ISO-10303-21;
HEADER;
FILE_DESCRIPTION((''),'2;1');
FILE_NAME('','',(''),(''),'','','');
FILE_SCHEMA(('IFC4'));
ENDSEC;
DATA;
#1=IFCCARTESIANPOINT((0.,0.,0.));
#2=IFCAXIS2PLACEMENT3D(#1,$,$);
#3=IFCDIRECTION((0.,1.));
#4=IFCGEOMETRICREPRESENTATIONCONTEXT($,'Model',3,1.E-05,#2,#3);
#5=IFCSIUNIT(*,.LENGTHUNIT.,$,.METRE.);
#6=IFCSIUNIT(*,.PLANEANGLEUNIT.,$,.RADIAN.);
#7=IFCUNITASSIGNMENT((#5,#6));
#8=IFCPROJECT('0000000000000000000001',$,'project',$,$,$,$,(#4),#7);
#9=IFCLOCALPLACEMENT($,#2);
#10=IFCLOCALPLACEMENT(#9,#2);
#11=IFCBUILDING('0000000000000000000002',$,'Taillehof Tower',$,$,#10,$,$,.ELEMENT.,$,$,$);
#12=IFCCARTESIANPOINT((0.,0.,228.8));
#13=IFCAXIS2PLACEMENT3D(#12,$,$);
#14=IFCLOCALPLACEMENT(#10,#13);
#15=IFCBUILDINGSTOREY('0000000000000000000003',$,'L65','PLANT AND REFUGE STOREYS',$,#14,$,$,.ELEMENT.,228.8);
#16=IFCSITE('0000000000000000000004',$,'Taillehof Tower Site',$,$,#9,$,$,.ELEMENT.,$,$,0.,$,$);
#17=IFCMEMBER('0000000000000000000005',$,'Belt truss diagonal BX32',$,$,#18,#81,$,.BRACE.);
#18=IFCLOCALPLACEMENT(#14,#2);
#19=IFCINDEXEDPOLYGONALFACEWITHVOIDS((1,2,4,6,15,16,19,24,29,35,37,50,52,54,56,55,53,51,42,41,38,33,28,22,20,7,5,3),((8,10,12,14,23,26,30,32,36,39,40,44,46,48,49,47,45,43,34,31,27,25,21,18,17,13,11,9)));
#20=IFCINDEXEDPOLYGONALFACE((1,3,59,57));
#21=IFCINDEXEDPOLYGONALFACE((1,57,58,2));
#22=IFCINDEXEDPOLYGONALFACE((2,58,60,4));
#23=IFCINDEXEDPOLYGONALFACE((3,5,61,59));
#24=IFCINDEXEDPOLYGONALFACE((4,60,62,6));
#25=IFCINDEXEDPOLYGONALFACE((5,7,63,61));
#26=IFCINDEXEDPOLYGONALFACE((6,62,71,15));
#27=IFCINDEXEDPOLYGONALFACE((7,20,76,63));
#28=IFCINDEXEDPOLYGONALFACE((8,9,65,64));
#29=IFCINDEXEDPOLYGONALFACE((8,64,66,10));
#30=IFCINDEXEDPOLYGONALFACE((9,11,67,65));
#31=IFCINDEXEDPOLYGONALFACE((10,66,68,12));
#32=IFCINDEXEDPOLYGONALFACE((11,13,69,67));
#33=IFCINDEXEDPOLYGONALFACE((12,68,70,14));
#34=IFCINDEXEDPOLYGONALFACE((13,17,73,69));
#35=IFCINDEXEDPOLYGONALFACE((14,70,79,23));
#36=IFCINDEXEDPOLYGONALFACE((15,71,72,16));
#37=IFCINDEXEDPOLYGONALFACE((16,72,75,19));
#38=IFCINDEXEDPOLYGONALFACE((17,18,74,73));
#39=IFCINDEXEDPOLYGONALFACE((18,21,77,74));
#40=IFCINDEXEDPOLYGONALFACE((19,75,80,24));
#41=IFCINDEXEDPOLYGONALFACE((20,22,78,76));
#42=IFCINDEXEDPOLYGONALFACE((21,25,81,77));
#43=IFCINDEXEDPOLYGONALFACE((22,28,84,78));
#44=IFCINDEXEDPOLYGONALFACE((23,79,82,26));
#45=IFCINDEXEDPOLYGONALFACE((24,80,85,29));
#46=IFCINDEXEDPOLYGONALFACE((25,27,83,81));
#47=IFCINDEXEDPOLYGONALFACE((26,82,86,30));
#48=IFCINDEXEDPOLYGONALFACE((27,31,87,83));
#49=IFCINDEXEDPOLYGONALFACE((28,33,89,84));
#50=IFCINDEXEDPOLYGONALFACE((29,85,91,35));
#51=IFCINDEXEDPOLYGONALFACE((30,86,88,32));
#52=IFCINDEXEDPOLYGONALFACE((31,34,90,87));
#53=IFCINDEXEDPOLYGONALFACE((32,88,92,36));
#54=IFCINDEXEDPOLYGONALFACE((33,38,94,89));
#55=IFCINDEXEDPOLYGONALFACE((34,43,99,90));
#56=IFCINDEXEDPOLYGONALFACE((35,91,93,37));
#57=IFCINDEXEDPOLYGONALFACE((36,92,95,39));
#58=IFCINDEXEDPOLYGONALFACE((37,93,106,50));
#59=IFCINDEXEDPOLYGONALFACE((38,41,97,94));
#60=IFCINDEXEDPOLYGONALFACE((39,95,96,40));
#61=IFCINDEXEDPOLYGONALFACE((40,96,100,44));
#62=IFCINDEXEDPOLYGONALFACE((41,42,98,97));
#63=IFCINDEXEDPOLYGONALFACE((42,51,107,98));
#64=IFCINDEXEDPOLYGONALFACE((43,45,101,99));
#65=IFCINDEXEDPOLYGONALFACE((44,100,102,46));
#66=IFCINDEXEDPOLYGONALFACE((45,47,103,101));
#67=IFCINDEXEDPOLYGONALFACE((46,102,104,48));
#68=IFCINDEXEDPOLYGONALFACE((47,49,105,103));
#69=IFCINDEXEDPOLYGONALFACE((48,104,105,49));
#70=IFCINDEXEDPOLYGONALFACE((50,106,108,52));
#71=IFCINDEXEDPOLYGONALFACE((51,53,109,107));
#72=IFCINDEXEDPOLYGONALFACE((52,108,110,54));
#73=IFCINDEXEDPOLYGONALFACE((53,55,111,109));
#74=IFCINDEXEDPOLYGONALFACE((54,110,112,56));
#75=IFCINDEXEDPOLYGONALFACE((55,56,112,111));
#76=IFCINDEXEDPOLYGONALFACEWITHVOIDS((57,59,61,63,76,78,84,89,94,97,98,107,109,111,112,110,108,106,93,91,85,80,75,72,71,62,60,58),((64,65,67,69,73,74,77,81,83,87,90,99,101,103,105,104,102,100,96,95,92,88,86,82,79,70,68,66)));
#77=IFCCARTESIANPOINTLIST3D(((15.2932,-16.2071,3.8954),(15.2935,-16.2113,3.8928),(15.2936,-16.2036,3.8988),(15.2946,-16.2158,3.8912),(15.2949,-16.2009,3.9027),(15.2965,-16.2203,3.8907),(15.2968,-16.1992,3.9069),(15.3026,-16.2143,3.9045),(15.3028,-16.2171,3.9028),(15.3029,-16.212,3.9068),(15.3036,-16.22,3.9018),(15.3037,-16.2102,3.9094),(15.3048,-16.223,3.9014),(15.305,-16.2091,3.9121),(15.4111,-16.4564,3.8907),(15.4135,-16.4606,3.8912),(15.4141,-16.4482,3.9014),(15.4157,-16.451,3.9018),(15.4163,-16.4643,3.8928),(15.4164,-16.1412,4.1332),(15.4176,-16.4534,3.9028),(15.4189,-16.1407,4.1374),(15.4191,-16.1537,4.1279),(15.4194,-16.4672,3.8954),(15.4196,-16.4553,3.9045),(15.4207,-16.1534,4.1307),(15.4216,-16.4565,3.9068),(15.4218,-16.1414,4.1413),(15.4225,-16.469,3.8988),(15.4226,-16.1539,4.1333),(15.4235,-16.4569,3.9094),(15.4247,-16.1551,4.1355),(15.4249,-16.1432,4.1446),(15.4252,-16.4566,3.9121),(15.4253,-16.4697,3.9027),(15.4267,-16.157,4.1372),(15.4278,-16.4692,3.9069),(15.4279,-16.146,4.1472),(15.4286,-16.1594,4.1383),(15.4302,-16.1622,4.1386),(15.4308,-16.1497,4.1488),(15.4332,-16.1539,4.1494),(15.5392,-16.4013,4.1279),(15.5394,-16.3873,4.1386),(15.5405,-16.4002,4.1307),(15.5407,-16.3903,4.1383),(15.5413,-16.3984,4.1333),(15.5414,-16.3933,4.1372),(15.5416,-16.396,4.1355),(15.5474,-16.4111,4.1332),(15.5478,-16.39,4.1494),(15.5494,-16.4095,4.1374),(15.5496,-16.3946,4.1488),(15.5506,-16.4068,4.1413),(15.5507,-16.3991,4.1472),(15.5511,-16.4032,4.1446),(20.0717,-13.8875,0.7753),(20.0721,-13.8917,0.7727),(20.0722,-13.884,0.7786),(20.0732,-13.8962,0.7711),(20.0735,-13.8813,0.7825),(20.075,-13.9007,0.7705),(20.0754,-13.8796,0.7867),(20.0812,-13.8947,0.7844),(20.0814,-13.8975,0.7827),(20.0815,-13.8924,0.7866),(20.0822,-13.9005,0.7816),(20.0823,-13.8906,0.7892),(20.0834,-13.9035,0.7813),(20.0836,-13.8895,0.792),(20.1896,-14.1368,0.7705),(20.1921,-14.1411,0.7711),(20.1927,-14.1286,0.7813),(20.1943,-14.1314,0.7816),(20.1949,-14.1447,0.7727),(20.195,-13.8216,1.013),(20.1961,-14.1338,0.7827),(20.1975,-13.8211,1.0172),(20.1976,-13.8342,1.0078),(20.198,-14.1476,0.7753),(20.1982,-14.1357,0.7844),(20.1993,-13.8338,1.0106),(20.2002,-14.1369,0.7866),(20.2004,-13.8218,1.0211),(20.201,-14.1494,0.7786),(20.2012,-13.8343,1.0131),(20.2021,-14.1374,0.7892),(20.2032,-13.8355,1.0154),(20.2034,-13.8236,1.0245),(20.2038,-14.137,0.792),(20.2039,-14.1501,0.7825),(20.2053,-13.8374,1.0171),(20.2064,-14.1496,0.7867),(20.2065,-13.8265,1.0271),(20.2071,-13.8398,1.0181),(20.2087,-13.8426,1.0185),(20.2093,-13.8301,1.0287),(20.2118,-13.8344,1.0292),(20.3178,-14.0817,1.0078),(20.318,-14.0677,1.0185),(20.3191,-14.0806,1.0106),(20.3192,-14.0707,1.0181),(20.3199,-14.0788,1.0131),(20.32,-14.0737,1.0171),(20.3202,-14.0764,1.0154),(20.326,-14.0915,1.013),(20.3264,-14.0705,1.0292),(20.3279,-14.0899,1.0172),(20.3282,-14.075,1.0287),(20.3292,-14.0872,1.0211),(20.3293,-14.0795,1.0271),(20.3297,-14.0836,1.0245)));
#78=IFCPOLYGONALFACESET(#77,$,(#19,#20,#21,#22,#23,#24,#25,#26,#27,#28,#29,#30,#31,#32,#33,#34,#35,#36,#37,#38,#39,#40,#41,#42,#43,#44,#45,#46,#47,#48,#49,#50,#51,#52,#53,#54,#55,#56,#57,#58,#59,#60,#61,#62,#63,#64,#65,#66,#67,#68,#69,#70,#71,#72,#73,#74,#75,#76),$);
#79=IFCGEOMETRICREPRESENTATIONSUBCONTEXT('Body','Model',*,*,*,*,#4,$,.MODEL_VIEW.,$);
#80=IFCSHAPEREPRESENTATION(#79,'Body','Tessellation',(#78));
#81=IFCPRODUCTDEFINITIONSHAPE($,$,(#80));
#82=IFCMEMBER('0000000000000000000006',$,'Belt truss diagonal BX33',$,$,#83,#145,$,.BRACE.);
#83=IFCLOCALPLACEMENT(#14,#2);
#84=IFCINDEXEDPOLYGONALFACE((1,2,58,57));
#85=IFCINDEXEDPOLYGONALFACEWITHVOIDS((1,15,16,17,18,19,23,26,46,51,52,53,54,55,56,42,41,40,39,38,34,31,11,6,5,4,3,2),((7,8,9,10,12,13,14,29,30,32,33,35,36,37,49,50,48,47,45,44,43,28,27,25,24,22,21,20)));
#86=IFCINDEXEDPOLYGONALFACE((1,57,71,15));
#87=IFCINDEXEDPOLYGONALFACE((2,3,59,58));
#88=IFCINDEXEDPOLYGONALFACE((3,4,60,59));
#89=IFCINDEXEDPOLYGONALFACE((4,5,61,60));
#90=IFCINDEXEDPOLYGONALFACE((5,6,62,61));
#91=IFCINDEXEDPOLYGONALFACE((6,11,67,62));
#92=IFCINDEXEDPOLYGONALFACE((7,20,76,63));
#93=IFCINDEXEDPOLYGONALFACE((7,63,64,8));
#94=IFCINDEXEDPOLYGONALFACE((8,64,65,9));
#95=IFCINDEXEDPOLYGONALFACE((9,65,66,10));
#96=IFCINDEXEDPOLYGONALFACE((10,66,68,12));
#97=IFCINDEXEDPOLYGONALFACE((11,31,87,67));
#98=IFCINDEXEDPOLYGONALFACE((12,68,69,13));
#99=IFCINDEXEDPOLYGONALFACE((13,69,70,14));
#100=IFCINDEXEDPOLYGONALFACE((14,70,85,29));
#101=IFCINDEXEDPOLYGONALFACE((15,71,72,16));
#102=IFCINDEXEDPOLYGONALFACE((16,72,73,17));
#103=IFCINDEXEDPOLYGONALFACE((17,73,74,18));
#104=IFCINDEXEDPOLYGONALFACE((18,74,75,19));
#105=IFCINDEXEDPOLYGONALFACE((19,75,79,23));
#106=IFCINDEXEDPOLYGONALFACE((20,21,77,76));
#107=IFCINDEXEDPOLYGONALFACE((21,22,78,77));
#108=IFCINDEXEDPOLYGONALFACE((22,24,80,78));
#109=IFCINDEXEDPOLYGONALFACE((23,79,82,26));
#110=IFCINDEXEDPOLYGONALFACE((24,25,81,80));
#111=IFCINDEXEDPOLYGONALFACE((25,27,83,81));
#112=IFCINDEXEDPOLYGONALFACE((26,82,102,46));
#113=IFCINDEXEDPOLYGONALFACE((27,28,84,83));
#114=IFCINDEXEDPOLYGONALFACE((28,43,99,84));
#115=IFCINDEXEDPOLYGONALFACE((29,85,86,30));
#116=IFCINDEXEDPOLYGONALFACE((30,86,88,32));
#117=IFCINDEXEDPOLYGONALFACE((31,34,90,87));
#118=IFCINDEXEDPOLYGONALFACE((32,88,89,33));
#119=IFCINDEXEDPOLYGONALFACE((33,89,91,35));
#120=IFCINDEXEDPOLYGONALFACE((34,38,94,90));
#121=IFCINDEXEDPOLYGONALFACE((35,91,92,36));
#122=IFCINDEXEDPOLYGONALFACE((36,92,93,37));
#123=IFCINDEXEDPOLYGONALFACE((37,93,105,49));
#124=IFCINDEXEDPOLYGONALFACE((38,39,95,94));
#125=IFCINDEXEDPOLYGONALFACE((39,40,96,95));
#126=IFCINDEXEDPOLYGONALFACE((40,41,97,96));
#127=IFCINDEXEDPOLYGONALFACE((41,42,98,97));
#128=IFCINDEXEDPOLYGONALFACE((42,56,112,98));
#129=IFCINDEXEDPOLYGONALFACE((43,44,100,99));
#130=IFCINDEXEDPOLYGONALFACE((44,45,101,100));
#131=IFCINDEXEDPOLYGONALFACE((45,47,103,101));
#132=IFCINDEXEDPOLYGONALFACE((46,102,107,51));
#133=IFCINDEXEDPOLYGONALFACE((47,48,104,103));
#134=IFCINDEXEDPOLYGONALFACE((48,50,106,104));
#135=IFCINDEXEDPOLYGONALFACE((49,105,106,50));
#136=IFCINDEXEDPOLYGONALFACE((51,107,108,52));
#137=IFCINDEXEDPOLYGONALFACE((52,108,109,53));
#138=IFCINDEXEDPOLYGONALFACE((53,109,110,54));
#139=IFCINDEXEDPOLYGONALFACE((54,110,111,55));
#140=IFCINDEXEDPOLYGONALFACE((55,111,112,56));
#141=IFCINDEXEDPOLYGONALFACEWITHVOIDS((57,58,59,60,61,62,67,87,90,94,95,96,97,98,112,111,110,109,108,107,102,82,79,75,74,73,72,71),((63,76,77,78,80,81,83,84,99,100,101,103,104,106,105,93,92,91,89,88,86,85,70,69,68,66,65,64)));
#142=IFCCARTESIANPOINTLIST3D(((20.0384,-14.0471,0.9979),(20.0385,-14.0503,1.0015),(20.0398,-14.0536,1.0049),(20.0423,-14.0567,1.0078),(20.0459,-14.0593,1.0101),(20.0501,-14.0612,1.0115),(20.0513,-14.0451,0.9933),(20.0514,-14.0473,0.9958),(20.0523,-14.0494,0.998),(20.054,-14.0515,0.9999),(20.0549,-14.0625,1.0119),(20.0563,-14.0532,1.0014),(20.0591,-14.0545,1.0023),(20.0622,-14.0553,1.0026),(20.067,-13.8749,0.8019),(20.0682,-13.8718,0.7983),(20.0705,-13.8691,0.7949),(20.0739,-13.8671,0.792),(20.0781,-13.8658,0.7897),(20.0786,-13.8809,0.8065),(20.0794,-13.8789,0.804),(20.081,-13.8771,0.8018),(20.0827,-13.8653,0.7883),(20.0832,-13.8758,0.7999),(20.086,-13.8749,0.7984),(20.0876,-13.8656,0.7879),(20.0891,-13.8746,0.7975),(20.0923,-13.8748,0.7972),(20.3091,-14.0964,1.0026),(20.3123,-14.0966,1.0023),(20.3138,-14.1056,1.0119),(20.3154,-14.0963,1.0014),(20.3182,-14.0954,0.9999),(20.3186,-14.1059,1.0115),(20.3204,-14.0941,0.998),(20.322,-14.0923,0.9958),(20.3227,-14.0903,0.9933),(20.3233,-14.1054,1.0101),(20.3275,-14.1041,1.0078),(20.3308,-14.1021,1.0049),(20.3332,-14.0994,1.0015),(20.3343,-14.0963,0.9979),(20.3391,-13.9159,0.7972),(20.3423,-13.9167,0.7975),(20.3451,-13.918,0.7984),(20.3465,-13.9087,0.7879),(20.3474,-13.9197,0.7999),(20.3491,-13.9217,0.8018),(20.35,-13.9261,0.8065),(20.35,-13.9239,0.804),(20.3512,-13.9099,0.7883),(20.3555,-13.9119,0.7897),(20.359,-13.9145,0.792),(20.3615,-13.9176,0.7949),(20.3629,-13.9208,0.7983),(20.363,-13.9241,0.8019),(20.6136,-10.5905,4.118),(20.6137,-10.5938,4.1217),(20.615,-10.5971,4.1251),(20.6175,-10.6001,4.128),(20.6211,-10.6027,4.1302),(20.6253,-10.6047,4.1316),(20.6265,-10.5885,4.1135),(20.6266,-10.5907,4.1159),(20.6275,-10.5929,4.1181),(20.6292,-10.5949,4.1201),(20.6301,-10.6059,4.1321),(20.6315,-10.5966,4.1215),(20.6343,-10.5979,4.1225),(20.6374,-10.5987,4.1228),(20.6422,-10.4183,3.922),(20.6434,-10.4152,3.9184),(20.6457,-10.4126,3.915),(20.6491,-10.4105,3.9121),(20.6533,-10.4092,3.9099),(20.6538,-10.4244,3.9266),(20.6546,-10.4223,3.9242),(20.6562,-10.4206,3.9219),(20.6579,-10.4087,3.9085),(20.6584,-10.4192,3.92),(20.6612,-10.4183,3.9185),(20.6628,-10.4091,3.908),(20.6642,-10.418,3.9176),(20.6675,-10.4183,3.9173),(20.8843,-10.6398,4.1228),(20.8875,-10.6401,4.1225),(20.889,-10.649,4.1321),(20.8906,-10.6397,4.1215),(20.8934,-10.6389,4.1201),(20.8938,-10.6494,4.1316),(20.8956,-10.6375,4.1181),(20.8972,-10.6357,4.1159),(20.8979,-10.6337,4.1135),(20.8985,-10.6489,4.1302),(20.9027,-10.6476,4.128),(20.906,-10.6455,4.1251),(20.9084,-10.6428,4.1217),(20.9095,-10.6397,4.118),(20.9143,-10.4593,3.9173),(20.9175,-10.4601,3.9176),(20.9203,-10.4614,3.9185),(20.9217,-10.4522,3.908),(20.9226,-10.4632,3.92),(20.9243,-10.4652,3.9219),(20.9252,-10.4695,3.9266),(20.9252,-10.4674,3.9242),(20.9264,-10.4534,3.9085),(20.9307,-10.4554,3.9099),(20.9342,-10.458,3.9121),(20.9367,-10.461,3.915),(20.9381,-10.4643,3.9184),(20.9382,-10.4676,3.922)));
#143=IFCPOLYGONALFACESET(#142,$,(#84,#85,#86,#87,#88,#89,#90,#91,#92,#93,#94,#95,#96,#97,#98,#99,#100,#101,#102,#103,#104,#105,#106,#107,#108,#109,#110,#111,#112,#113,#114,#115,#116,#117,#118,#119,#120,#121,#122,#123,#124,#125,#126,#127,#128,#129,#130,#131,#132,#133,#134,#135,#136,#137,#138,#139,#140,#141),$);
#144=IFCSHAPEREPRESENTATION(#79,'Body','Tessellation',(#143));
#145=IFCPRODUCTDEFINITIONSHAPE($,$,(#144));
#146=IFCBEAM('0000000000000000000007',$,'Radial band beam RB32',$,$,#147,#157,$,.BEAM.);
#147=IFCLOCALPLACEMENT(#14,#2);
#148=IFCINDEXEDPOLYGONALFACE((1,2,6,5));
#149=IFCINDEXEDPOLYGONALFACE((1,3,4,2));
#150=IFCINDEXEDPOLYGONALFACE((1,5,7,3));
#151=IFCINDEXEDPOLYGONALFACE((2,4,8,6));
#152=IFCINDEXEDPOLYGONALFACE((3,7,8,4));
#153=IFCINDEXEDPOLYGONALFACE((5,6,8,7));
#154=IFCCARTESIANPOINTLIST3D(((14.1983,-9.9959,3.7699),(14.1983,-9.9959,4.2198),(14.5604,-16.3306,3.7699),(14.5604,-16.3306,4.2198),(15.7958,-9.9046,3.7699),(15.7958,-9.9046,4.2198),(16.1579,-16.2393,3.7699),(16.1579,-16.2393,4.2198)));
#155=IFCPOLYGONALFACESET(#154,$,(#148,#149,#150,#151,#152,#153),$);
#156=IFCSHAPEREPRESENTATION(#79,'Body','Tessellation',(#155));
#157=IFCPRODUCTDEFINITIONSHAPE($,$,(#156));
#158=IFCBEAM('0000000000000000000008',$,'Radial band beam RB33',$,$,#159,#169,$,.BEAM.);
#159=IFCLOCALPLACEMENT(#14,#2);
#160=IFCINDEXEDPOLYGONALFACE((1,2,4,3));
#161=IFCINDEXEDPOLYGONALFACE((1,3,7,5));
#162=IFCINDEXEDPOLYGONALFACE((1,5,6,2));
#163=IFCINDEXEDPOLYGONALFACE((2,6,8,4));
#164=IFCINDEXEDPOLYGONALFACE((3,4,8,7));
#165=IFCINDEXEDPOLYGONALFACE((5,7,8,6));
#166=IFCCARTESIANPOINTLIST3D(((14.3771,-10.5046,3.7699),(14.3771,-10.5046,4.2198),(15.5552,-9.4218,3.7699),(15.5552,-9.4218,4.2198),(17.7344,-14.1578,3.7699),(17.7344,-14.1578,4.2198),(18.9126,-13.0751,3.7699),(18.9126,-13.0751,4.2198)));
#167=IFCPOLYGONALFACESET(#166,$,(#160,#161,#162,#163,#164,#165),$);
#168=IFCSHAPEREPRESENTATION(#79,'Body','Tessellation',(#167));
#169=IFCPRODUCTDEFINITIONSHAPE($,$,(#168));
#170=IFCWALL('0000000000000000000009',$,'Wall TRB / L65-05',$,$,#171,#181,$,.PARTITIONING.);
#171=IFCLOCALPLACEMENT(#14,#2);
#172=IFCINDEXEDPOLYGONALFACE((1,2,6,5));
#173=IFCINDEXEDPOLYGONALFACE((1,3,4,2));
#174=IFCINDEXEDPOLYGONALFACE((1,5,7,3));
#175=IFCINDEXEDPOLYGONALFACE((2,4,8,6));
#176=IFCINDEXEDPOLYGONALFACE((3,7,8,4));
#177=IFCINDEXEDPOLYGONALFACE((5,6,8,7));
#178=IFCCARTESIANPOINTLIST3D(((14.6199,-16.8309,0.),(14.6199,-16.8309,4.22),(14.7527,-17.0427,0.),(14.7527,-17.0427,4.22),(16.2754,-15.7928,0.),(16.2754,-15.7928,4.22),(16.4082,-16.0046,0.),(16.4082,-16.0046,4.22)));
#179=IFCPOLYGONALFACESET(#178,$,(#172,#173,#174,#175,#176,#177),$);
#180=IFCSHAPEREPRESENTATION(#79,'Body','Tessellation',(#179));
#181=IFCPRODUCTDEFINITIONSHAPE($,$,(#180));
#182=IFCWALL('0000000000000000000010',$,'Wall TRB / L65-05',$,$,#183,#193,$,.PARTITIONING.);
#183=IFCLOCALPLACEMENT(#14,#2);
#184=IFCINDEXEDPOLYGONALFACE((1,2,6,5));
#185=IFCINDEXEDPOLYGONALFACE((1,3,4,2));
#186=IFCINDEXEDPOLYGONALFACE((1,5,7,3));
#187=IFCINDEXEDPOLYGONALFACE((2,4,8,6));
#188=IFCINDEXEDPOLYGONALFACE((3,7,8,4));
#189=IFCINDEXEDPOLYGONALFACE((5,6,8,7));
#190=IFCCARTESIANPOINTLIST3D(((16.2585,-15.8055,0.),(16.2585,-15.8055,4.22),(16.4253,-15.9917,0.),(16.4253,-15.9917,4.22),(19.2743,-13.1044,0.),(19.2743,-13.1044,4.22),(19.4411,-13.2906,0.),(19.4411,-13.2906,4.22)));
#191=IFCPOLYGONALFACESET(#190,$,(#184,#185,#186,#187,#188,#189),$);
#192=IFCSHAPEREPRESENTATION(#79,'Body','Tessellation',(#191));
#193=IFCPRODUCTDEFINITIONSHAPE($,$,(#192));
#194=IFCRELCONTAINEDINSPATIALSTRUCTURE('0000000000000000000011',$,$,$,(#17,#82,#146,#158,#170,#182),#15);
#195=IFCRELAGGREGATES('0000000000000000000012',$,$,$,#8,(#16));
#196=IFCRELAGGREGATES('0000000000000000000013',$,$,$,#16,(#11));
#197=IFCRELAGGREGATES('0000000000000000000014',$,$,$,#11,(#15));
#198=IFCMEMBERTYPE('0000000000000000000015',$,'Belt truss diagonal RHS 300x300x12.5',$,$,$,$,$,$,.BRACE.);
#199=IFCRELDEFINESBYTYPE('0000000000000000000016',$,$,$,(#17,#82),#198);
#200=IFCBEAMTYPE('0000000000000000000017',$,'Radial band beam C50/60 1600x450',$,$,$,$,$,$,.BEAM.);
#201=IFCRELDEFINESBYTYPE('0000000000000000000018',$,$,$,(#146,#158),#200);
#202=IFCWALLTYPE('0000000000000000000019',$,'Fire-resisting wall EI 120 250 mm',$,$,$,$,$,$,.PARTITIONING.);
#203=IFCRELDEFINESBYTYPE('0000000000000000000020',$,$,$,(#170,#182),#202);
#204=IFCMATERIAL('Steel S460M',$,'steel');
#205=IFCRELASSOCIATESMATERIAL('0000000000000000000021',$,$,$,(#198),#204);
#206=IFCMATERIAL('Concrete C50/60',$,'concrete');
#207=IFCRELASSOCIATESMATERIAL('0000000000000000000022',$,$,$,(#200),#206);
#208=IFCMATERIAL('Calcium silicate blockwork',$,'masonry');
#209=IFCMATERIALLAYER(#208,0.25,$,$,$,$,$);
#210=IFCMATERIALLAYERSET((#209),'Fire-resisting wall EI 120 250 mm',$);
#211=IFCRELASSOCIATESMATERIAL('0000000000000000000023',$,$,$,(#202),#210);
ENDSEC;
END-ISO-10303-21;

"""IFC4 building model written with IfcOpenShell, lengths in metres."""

from ifc_helpers import new_model, si_unit, direction, frame, frame_2d, origin, origin_2d, place, context, subcontext, project, spatial, rectangle, hollow_rectangle, extrude, material, layer, layer_set, material_profile, profile_set, type_object, element, save


model = new_model("IFC4")

# Units and contexts
model_context = context("Model", 3, precision=1e-05, world=origin(), true_north=direction((0.0, 1.0)))
body_context = subcontext(model_context, "Body", "Model", "MODEL_VIEW")
ifc_project = project(units=[si_unit("LENGTHUNIT", "METRE"), si_unit("PLANEANGLEUNIT", "RADIAN")], contexts=[model_context])

# Site, building, storey
site_placement = place(None, origin())
site = spatial("IfcSite", under=ifc_project, at=site_placement, Name="Taillehof Tower Site", CompositionType="ELEMENT", RefElevation=0.0)
building_placement = place(site_placement, origin())
building = spatial("IfcBuilding", under=site, at=building_placement, Name="Taillehof Tower", CompositionType="ELEMENT")
storey_placement = place(building_placement, frame((0.0, 0.0, 228.8)))
storey = spatial("IfcBuildingStorey", under=building, at=storey_placement, Name="L65", Description="PLANT AND REFUGE STOREYS", CompositionType="ELEMENT", Elevation=228.8)

# Members
ifc_material_1 = material(Name="Steel S460M", Category="steel")
ifc_material_profile_1 = material_profile(ifc_material_1, hollow_rectangle(XDim=0.3, YDim=0.3, WallThickness=0.0125, InnerFilletRadius=0.0125, OuterFilletRadius=0.0188, at=origin_2d()), Name="RHS 300x300x12.5")
ifc_profile_set_1 = profile_set([ifc_material_profile_1], Name="Steel S460M")
member_type_1 = type_object("IfcMemberType", Name="Belt truss diagonal RHS 300x300x12.5", PredefinedType="BRACE", material=ifc_profile_set_1)
member_1_placement = place(storey_placement, frame((15.4221, -16.3052, 4.02), z_axis=(0.775693, 0.376532, -0.506481), x_axis=(-0.436685, 0.899614, 0.0)))
element("IfcMember", 1, at=member_1_placement, inside=storey, type_object=member_type_1, Name="Belt truss diagonal BX32", PredefinedType="BRACE", context=body_context, shape_type="SweptSolid", body=[
    extrude(hollow_rectangle(XDim=0.3, YDim=0.3, WallThickness=0.0125, InnerFilletRadius=0.0125, OuterFilletRadius=0.0188, at=origin_2d()), origin(), (0.0, 0.0, 1.0), 6.1604),
])
member_2_placement = place(storey_placement, frame((20.2007, -13.9856, 0.8999), z_axis=(0.122594, 0.736709, 0.665005), x_axis=(-0.986435, 0.16415, 0.0)))
element("IfcMember", 2, at=member_2_placement, inside=storey, type_object=member_type_1, Name="Belt truss diagonal BX33", PredefinedType="BRACE", context=body_context, shape_type="SweptSolid", body=[
    extrude(hollow_rectangle(XDim=0.3, YDim=0.3, WallThickness=0.0125, InnerFilletRadius=0.0125, OuterFilletRadius=0.0188, at=origin_2d()), origin(), (0.0, 0.0, 1.0), 4.6919),
])

# Beams
ifc_material_2 = material(Name="Concrete C50/60", Category="concrete")
ifc_material_profile_2 = material_profile(ifc_material_2, rectangle(XDim=1.6001, YDim=0.45, at=origin_2d()), Name="RC 1600x450")
ifc_profile_set_2 = profile_set([ifc_material_profile_2], Name="Concrete C50/60")
beam_type = type_object("IfcBeamType", Name="Radial band beam C50/60 1600x450", PredefinedType="BEAM", material=ifc_profile_set_2)
beam_1_placement = place(storey_placement, frame((15.3591, -16.2849, 3.9949), z_axis=(-0.057062, 0.998371, 0.0), x_axis=(-0.998371, -0.057062, 0.0)))
element("IfcBeam", 3, at=beam_1_placement, inside=storey, type_object=beam_type, Name="Radial band beam RB32", PredefinedType="BEAM", context=body_context, shape_type="SweptSolid", body=[
    extrude(rectangle(XDim=1.6001, YDim=0.45, at=origin_2d()), origin(), (0.0, 0.0, 1.0), 6.345),
])
beam_2_placement = place(storey_placement, frame((18.3235, -13.6165, 3.9949), z_axis=(-0.67666, 0.736296, 0.0), x_axis=(-0.736296, -0.67666, 0.0)))
element("IfcBeam", 4, at=beam_2_placement, inside=storey, type_object=beam_type, Name="Radial band beam RB33", PredefinedType="BEAM", context=body_context, shape_type="SweptSolid", body=[
    extrude(rectangle(XDim=1.6001, YDim=0.45, at=origin_2d()), origin(), (0.0, 0.0, 1.0), 4.9617),
])

# Walls
ifc_material_3 = material(Name="Calcium silicate blockwork", Category="masonry")
ifc_layer_1 = layer(ifc_material_3, 0.25)
ifc_layer_set_1 = layer_set([ifc_layer_1], Name="Fire-resisting wall EI 120 250 mm")
wall_type = type_object("IfcWallType", Name="Fire-resisting wall EI 120 250 mm", PredefinedType="PARTITIONING", material=ifc_layer_set_1)
wall_1_placement = place(storey_placement, frame((14.6863, -16.9368, 0.0), z_axis=(0.0, 0.0, 1.0), x_axis=(0.847218, 0.531245, 0.0)))
element("IfcWall", 5, at=wall_1_placement, inside=storey, type_object=wall_type, Name="Wall TRB / L65-05", PredefinedType="PARTITIONING", context=body_context, shape_type="SweptSolid", body=[
    extrude(rectangle(XDim=1.9541, YDim=0.25, at=frame_2d((0.9771, 0.0))), origin(), (0.0, 0.0, 1.0), 4.22),
])
wall_2_placement = place(storey_placement, frame((16.3418, -15.8987, 0.0), z_axis=(0.0, 0.0, 1.0), x_axis=(0.744902, 0.667174, 0.0)))
element("IfcWall", 6, at=wall_2_placement, inside=storey, type_object=wall_type, Name="Wall TRB / L65-05", PredefinedType="PARTITIONING", context=body_context, shape_type="SweptSolid", body=[
    extrude(rectangle(XDim=4.0486, YDim=0.25, at=frame_2d((2.0244, 0.0))), origin(), (0.0, 0.0, 1.0), 4.22),
])

save(model, "model.ifc")
